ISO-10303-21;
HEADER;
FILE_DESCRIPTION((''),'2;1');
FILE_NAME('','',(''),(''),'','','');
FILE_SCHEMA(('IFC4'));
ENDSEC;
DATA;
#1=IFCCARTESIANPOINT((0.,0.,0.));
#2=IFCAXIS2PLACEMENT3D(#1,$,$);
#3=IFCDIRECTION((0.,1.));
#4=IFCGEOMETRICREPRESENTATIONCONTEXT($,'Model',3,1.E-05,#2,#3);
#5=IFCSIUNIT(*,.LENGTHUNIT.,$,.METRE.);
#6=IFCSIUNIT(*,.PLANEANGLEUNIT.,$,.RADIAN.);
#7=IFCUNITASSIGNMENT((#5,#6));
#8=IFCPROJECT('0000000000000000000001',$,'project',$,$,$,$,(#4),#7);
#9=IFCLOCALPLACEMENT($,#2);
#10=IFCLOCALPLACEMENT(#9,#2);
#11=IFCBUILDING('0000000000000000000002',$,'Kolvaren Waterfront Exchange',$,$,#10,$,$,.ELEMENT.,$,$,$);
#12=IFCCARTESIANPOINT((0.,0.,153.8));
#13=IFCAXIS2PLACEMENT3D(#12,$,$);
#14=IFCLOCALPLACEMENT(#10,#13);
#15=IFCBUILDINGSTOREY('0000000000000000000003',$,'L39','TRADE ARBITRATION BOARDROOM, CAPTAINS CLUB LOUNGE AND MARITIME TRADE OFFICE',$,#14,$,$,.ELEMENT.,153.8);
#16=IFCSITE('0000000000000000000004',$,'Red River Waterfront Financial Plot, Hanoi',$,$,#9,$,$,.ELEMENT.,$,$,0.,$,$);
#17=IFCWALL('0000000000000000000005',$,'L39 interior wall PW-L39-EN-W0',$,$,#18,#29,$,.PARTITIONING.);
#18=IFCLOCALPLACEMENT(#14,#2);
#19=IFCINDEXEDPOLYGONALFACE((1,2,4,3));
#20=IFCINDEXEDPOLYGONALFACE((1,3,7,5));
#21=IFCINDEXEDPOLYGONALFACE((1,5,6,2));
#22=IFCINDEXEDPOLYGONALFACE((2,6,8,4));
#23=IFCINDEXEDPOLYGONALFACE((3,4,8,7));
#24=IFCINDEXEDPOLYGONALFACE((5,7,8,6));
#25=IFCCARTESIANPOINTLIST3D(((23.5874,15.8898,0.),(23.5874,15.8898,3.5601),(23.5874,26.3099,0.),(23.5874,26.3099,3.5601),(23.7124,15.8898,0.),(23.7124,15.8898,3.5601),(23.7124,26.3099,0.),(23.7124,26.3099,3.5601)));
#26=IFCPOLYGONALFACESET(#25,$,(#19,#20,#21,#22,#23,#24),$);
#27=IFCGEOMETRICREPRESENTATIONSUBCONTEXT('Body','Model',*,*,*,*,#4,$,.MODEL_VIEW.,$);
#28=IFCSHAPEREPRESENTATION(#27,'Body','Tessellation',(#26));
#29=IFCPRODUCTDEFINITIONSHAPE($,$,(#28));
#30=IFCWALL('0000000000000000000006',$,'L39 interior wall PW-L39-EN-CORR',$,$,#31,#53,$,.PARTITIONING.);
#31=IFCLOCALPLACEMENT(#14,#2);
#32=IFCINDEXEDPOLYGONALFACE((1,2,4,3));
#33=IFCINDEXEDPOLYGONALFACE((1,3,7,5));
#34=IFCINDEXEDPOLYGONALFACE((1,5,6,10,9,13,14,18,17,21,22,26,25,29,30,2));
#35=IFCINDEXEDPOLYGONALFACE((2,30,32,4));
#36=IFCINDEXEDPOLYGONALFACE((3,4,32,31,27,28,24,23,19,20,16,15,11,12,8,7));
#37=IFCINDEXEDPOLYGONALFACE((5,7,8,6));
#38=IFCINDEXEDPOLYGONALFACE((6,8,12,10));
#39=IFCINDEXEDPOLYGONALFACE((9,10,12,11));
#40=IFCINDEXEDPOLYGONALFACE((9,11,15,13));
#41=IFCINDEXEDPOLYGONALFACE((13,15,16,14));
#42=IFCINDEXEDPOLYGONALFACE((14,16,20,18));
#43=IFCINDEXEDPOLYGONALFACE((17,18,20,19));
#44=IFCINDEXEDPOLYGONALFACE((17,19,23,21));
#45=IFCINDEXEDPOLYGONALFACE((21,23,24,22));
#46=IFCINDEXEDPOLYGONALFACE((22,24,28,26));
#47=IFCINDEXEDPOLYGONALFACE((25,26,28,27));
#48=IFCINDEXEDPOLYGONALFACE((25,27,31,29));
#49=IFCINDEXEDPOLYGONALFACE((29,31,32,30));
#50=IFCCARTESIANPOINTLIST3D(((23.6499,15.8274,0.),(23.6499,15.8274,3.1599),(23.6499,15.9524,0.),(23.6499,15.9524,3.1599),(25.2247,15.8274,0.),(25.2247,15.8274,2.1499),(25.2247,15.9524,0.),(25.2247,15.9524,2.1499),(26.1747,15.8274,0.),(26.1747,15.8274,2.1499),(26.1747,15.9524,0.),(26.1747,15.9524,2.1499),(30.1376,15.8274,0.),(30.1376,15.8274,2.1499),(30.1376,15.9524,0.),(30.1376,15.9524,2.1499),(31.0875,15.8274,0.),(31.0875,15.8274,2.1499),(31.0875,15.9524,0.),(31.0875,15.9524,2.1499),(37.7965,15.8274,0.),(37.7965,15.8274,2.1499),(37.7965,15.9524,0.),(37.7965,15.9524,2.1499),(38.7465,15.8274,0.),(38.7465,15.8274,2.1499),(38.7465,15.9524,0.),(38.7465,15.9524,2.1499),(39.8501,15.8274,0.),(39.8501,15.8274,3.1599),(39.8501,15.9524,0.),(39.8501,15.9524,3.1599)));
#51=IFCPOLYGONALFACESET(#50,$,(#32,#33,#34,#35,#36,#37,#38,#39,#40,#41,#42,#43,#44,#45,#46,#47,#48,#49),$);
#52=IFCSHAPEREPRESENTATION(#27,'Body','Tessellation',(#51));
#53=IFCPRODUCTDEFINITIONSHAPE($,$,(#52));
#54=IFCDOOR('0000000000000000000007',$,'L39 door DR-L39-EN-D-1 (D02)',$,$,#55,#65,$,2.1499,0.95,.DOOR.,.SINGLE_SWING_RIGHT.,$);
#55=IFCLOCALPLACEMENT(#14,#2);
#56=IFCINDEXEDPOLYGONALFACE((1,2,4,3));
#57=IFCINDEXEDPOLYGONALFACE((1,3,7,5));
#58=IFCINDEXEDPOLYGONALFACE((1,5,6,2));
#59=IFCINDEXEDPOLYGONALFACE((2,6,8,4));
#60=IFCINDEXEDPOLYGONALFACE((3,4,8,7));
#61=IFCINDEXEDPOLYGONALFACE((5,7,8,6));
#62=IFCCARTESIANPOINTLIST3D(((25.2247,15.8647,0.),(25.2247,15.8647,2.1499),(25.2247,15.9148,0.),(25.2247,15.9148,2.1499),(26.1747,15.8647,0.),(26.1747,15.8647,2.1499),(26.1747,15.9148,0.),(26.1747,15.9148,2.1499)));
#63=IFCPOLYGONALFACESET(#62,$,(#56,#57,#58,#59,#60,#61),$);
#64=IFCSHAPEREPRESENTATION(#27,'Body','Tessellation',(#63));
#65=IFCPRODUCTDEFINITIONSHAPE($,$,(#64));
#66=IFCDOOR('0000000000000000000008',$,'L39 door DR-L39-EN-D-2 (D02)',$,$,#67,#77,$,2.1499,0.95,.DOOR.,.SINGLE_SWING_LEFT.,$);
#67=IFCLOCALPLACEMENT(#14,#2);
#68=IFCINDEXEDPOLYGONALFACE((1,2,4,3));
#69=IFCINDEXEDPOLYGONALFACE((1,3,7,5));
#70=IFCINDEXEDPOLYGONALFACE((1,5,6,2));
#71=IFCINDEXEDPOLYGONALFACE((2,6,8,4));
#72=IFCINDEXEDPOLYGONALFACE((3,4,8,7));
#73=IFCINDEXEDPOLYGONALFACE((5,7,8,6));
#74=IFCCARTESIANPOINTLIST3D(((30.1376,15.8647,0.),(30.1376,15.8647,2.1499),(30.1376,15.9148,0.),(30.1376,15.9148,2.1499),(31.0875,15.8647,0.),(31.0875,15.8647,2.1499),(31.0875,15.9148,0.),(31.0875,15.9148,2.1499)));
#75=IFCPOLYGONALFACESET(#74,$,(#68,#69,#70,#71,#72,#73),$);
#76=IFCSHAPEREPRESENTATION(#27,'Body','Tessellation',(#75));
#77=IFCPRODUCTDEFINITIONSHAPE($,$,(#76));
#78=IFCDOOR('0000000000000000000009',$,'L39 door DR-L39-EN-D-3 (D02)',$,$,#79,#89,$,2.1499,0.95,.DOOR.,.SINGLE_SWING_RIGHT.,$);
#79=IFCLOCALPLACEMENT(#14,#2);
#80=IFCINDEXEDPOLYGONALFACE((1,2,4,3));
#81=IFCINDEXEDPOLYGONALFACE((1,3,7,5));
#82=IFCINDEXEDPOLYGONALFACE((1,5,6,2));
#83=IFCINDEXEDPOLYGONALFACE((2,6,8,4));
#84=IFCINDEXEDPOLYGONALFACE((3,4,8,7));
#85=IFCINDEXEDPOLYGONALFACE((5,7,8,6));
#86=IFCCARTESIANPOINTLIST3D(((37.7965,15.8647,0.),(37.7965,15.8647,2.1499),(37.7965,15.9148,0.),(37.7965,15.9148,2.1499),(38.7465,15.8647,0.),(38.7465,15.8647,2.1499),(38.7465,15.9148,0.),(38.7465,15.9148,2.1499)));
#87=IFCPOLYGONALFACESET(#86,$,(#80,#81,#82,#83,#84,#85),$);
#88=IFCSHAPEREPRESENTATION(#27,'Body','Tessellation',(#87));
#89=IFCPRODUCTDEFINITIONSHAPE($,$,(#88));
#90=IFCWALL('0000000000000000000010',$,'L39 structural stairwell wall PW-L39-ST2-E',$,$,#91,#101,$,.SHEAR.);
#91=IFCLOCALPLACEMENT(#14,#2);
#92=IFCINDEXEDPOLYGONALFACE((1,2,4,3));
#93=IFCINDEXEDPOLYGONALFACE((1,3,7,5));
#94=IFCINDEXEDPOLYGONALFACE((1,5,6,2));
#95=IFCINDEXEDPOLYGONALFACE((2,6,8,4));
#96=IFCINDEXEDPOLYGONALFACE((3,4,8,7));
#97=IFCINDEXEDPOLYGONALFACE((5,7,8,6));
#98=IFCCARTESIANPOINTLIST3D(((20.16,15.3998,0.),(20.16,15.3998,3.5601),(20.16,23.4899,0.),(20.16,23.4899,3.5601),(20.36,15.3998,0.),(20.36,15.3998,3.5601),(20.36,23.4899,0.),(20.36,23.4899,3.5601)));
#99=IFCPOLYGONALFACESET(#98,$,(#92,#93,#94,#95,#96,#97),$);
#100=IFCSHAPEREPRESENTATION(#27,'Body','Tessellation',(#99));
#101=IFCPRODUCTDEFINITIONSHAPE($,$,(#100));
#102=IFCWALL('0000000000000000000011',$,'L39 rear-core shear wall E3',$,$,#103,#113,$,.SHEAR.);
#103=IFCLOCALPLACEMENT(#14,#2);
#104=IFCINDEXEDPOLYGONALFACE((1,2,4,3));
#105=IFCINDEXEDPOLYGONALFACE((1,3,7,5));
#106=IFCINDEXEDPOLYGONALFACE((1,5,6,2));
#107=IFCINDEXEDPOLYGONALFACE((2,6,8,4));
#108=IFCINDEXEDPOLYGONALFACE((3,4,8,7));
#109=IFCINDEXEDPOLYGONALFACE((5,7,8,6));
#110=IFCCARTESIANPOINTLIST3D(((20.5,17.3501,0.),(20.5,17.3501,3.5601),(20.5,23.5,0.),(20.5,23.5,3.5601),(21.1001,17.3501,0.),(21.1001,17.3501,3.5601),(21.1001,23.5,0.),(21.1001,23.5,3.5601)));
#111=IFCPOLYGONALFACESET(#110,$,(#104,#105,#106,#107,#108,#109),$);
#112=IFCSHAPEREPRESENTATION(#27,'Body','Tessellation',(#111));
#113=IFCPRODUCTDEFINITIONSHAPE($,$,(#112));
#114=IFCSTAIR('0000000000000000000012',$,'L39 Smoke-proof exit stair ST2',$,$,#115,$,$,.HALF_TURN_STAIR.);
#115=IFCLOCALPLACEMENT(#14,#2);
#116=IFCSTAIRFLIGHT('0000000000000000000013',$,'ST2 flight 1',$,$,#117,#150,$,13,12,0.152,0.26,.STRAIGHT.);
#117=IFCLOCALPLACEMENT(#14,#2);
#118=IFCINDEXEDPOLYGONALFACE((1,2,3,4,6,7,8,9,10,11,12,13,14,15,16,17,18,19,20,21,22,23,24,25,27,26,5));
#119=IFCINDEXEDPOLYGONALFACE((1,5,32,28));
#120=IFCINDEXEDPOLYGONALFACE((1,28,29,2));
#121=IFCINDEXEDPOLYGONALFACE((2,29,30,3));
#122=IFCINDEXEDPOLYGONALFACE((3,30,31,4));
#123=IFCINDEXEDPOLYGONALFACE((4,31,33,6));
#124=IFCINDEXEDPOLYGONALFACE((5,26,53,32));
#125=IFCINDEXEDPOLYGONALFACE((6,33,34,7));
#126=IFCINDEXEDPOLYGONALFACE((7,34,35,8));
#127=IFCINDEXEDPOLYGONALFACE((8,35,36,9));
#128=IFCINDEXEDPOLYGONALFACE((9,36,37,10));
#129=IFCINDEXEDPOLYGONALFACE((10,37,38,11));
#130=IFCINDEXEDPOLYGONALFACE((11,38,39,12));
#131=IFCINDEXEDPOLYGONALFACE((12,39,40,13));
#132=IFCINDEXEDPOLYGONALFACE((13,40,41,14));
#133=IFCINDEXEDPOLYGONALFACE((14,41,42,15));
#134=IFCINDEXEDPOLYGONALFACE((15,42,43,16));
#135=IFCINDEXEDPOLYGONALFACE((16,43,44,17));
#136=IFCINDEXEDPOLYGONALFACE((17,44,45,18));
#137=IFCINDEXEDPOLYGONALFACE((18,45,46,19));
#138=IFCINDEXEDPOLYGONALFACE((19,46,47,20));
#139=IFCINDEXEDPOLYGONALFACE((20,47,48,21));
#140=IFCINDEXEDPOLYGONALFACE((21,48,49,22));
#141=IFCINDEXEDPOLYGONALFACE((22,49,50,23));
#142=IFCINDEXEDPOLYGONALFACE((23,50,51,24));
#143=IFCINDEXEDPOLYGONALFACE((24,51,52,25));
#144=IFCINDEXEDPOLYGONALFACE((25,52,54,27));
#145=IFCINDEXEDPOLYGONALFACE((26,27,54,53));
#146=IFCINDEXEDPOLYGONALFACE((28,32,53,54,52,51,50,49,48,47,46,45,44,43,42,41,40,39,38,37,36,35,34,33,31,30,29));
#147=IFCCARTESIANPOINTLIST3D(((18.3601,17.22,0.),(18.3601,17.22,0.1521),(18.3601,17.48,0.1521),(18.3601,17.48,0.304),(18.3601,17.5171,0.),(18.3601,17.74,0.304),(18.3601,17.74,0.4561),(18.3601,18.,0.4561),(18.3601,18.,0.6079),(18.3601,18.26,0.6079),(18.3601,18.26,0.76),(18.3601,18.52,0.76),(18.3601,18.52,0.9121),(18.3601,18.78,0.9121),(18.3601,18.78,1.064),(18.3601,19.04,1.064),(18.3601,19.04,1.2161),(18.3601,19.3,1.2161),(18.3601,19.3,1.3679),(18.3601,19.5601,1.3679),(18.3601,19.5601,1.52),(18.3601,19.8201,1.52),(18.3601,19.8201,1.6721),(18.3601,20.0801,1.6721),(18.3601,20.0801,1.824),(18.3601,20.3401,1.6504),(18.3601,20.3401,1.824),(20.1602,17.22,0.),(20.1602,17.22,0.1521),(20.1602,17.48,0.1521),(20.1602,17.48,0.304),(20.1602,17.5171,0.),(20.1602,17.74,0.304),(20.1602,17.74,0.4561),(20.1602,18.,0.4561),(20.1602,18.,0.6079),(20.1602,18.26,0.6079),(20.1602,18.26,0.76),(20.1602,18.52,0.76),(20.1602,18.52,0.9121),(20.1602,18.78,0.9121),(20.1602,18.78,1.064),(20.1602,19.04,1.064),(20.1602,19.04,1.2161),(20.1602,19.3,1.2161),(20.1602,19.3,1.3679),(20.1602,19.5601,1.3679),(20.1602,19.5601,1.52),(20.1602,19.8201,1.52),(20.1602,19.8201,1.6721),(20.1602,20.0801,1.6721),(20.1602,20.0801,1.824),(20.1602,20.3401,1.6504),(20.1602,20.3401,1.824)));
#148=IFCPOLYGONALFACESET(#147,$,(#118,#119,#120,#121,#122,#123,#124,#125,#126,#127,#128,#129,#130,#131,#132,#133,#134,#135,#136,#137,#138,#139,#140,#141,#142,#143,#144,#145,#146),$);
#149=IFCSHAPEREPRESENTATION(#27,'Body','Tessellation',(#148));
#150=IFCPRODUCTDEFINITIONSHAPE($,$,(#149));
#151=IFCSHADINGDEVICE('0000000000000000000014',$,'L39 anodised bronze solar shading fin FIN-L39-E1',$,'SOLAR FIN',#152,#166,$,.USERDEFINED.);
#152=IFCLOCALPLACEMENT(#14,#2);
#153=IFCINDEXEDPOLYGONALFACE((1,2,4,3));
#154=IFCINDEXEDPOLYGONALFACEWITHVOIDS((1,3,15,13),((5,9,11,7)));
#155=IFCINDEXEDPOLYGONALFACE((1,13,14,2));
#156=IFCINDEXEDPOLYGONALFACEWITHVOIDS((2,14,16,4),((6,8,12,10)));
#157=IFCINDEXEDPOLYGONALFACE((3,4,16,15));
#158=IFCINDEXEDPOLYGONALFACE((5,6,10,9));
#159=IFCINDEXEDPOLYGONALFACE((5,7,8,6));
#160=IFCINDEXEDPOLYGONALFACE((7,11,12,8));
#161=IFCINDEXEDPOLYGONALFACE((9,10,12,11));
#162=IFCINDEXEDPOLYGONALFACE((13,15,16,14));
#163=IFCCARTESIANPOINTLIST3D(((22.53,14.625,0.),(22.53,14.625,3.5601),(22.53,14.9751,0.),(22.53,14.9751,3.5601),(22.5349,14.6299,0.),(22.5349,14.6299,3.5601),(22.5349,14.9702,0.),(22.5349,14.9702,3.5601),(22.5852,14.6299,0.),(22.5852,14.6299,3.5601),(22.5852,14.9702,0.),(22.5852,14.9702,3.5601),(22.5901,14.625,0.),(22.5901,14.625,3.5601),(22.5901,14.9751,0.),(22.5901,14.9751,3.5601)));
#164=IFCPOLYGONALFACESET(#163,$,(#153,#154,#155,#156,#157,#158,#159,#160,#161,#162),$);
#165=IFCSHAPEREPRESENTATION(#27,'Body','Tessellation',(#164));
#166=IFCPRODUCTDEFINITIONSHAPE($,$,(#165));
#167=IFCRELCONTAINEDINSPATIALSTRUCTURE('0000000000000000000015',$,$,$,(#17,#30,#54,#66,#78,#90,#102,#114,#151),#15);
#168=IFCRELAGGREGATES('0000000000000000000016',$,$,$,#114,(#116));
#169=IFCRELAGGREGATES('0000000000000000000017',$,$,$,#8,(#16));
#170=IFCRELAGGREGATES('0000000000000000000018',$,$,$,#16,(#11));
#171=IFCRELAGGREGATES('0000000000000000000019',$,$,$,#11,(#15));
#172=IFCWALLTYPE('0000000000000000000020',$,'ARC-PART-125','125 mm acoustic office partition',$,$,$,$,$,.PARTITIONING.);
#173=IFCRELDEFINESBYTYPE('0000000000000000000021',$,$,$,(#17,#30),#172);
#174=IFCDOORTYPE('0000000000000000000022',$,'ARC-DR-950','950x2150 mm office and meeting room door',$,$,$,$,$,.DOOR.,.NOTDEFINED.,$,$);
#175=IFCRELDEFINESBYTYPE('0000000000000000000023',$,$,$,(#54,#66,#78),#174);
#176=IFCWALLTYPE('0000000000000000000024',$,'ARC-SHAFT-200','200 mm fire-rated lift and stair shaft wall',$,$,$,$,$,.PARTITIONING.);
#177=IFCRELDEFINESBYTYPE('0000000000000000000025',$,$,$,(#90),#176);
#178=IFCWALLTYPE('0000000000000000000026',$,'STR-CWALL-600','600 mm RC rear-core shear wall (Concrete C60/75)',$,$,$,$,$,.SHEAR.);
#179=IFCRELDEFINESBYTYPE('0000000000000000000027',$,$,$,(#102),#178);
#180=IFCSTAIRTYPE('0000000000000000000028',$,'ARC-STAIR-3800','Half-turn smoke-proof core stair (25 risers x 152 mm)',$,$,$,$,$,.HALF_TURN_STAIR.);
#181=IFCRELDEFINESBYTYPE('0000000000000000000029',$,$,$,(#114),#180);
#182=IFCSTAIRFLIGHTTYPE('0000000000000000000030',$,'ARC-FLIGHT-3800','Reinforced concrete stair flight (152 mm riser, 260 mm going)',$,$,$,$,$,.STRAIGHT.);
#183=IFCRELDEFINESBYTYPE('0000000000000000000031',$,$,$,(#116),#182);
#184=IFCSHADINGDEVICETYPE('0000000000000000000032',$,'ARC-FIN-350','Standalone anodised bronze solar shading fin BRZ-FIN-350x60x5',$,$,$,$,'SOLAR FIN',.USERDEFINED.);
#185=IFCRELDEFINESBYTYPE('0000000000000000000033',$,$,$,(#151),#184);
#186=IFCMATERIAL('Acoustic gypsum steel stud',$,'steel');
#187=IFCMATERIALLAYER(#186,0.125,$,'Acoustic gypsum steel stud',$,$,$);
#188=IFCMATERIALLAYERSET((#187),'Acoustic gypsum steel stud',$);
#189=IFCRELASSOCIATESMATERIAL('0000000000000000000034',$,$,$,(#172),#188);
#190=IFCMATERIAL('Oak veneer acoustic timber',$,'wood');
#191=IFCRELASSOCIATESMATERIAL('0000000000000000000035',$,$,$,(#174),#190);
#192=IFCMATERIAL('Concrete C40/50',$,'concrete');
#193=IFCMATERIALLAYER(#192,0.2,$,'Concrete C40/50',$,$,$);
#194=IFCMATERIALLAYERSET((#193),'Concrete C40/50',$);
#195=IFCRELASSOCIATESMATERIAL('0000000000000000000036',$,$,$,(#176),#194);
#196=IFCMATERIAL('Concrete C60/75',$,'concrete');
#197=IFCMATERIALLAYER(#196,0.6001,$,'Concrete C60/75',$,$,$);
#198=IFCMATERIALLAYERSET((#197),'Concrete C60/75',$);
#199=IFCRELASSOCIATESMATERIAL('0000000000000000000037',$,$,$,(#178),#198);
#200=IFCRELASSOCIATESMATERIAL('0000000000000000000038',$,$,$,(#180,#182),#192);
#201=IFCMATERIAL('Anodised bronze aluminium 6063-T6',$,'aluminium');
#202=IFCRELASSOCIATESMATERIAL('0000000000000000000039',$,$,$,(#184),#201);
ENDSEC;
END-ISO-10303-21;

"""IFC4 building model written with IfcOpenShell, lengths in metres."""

from ifc_helpers import new_model, si_unit, direction, frame, frame_2d, origin, origin_2d, place, context, subcontext, project, spatial, polyline, rectangle, hollow_rectangle, outline, extrude, material, layer, layer_set, material_profile, profile_set, type_object, element, fill, aggregate, save


model = new_model("IFC4")

# Units and contexts
model_context = context("Model", 3, precision=1e-05, world=origin(), true_north=direction((0.0, 1.0)))
body_context = subcontext(model_context, "Body", "Model", "MODEL_VIEW")
ifc_project = project(units=[si_unit("LENGTHUNIT", "METRE"), si_unit("PLANEANGLEUNIT", "RADIAN")], contexts=[model_context])

# Site, building, storey
site_placement = place(None, origin())
site = spatial("IfcSite", under=ifc_project, at=site_placement, Name="Red River Waterfront Financial Plot, Hanoi", CompositionType="ELEMENT", RefElevation=0.0)
building_placement = place(site_placement, origin())
building = spatial("IfcBuilding", under=site, at=building_placement, Name="Kolvaren Waterfront Exchange", CompositionType="ELEMENT")
storey_placement = place(building_placement, frame((0.0, 0.0, 153.8)))
storey = spatial("IfcBuildingStorey", under=building, at=storey_placement, Name="L39", Description="TRADE ARBITRATION BOARDROOM, CAPTAINS CLUB LOUNGE AND MARITIME TRADE OFFICE", CompositionType="ELEMENT", Elevation=153.8)

# Shared definitions
ifc_material_1 = material(Name="Concrete C60/75", Category="concrete")

# Shared definitions
ifc_material_2 = material(Name="Acoustic gypsum steel stud", Category="steel")
ifc_layer_1 = layer(ifc_material_2, 0.125, Name="Acoustic gypsum steel stud")
ifc_layer_set_1 = layer_set([ifc_layer_1], Name="Acoustic gypsum steel stud")
wall_type_1 = type_object("IfcWallType", Name="ARC-PART-125", Description="125 mm acoustic office partition", PredefinedType="PARTITIONING", material=ifc_layer_set_1)
ifc_material_3 = material(Name="Oak veneer acoustic timber", Category="wood")
door_type_1 = type_object("IfcDoorType", Name="ARC-DR-950", Description="950x2150 mm office and meeting room door", OperationType="NOTDEFINED", PredefinedType="DOOR", material=ifc_material_3)

# Wall
wall_1_placement = place(storey_placement, frame((23.6499, 15.8899, 0.0), z_axis=(0.0, 0.0, 1.0), x_axis=(0.0, 1.0, 0.0)))
element("IfcWall", 1, at=wall_1_placement, inside=storey, type_object=wall_type_1, Name="L39 interior wall PW-L39-EN-W0", PredefinedType="PARTITIONING", context=body_context, shape_type="SweptSolid", body=[
    extrude(rectangle(XDim=10.4202, YDim=0.125, at=frame_2d((5.21, 0.0))), origin(), (0.0, 0.0, 1.0), 3.5601),
])

# Wall, openings, doors
wall_2_placement = place(storey_placement, frame((23.6499, 15.8899, 0.0), z_axis=(0.0, 0.0, 1.0), x_axis=(1.0, 0.0, 0.0)))
wall_2 = element("IfcWall", 2, at=wall_2_placement, inside=storey, type_object=wall_type_1, Name="L39 interior wall PW-L39-EN-CORR", PredefinedType="PARTITIONING", context=body_context, shape_type="SweptSolid", body=[
    extrude(rectangle(XDim=16.2002, YDim=0.125, at=frame_2d((8.1001, 0.0))), origin(), (0.0, 0.0, 1.0), 3.1599),
])
opening_1_placement = place(wall_2_placement, frame((1.5747, 0.0, 0.0)))
opening_1 = element("IfcOpeningElement", 3, at=opening_1_placement, cuts=wall_2, PredefinedType="OPENING", context=body_context, shape_type="SweptSolid", body=[
    extrude(rectangle(XDim=0.95, YDim=2.1499, at=frame_2d((0.4751, 1.075))), frame((0.0, 0.0725, 0.0), z_axis=(0.0, -1.0, 0.0), x_axis=(1.0, 0.0, 0.0)), (0.0, 0.0, 1.0), 0.145),
])
opening_2_placement = place(wall_2_placement, frame((6.4875, 0.0, 0.0)))
opening_2 = element("IfcOpeningElement", 4, at=opening_2_placement, cuts=wall_2, PredefinedType="OPENING", context=body_context, shape_type="SweptSolid", body=[
    extrude(rectangle(XDim=0.95, YDim=2.1499, at=frame_2d((0.4751, 1.075))), frame((0.0, 0.0725, 0.0), z_axis=(0.0, -1.0, 0.0), x_axis=(1.0, 0.0, 0.0)), (0.0, 0.0, 1.0), 0.145),
])
opening_3_placement = place(wall_2_placement, frame((14.1465, 0.0, 0.0)))
opening_3 = element("IfcOpeningElement", 5, at=opening_3_placement, cuts=wall_2, PredefinedType="OPENING", context=body_context, shape_type="SweptSolid", body=[
    extrude(rectangle(XDim=0.95, YDim=2.1499, at=frame_2d((0.4751, 1.075))), frame((0.0, 0.0725, 0.0), z_axis=(0.0, -1.0, 0.0), x_axis=(1.0, 0.0, 0.0)), (0.0, 0.0, 1.0), 0.145),
])
door_1_placement = place(opening_1_placement, origin())
door_1 = element("IfcDoor", 6, at=door_1_placement, inside=storey, type_object=door_type_1, Name="L39 door DR-L39-EN-D-1 (D02)", OperationType="SINGLE_SWING_RIGHT", OverallHeight=2.1499, OverallWidth=0.95, PredefinedType="DOOR", context=body_context, shape_type="SweptSolid", body=[
    extrude(rectangle(XDim=0.95, YDim=2.1499, at=frame_2d((0.4751, 1.075))), frame((0.0, 0.0249, 0.0), z_axis=(0.0, -1.0, 0.0), x_axis=(1.0, 0.0, 0.0)), (0.0, 0.0, 1.0), 0.05),
])
fill(opening_1, door_1)
door_2_placement = place(opening_2_placement, origin())
door_2 = element("IfcDoor", 7, at=door_2_placement, inside=storey, type_object=door_type_1, Name="L39 door DR-L39-EN-D-2 (D02)", OperationType="SINGLE_SWING_LEFT", OverallHeight=2.1499, OverallWidth=0.95, PredefinedType="DOOR", context=body_context, shape_type="SweptSolid", body=[
    extrude(rectangle(XDim=0.95, YDim=2.1499, at=frame_2d((0.4751, 1.075))), frame((0.0, 0.0249, 0.0), z_axis=(0.0, -1.0, 0.0), x_axis=(1.0, 0.0, 0.0)), (0.0, 0.0, 1.0), 0.05),
])
fill(opening_2, door_2)
door_3_placement = place(opening_3_placement, origin())
door_3 = element("IfcDoor", 8, at=door_3_placement, inside=storey, type_object=door_type_1, Name="L39 door DR-L39-EN-D-3 (D02)", OperationType="SINGLE_SWING_RIGHT", OverallHeight=2.1499, OverallWidth=0.95, PredefinedType="DOOR", context=body_context, shape_type="SweptSolid", body=[
    extrude(rectangle(XDim=0.95, YDim=2.1499, at=frame_2d((0.4751, 1.075))), frame((0.0, 0.0249, 0.0), z_axis=(0.0, -1.0, 0.0), x_axis=(1.0, 0.0, 0.0)), (0.0, 0.0, 1.0), 0.05),
])
fill(opening_3, door_3)

# Walls
ifc_material_4 = material(Name="Concrete C40/50", Category="concrete")
ifc_layer_2 = layer(ifc_material_4, 0.2, Name="Concrete C40/50")
ifc_layer_set_2 = layer_set([ifc_layer_2], Name="Concrete C40/50")
wall_type_2 = type_object("IfcWallType", Name="ARC-SHAFT-200", Description="200 mm fire-rated lift and stair shaft wall", PredefinedType="PARTITIONING", material=ifc_layer_set_2)
wall_3_placement = place(storey_placement, frame((20.26, 15.3999, 0.0), z_axis=(0.0, 0.0, 1.0), x_axis=(0.0, 1.0, 0.0)))
element("IfcWall", 9, at=wall_3_placement, inside=storey, type_object=wall_type_2, Name="L39 structural stairwell wall PW-L39-ST2-E", PredefinedType="SHEAR", context=body_context, shape_type="SweptSolid", body=[
    extrude(rectangle(XDim=8.0901, YDim=0.2, at=frame_2d((4.0449, 0.0))), origin(), (0.0, 0.0, 1.0), 3.5601),
])
ifc_layer_3 = layer(ifc_material_1, 0.6001, Name="Concrete C60/75")
ifc_layer_set_3 = layer_set([ifc_layer_3], Name="Concrete C60/75")
wall_type_3 = type_object("IfcWallType", Name="STR-CWALL-600", Description="600 mm RC rear-core shear wall (Concrete C60/75)", PredefinedType="SHEAR", material=ifc_layer_set_3)
wall_4_placement = place(storey_placement, frame((20.8, 17.3501, 0.0), z_axis=(0.0, 0.0, 1.0), x_axis=(0.0, 1.0, 0.0)))
element("IfcWall", 10, at=wall_4_placement, inside=storey, type_object=wall_type_3, Name="L39 rear-core shear wall E3", PredefinedType="SHEAR", context=body_context, shape_type="SweptSolid", body=[
    extrude(rectangle(XDim=6.1499, YDim=0.6001, at=frame_2d((3.075, 0.0))), origin(), (0.0, 0.0, 1.0), 3.5601),
])

# Stair, stair flight
stair_type = type_object("IfcStairType", Name="ARC-STAIR-3800", Description="Half-turn smoke-proof core stair (25 risers x 152 mm)", PredefinedType="HALF_TURN_STAIR", material=ifc_material_4)
stair_placement = place(storey_placement, origin())
stair = element("IfcStair", 11, at=stair_placement, inside=storey, type_object=stair_type, Name="L39 Smoke-proof exit stair ST2", PredefinedType="HALF_TURN_STAIR")
stair_flight_type = type_object("IfcStairFlightType", Name="ARC-FLIGHT-3800", Description="Reinforced concrete stair flight (152 mm riser, 260 mm going)", PredefinedType="STRAIGHT", material=ifc_material_4)
stair_flight_placement = place(storey_placement, frame((19.26, 17.22, 0.0), z_axis=(0.0, 0.0, 1.0), x_axis=(0.0, 1.0, 0.0)))
stair_flight = element("IfcStairFlight", 12, at=stair_flight_placement, type_object=stair_flight_type, Name="ST2 flight 1", NumberOfRisers=13, NumberOfTreads=12, PredefinedType="STRAIGHT", RiserHeight=0.152, TreadLength=0.26, context=body_context, shape_type="SweptSolid", body=[
    extrude(outline(polyline([(0.0, 0.0), (0.0, 0.1521), (0.26, 0.1521), (0.26, 0.304), (0.52, 0.304), (0.52, 0.4561), (0.78, 0.4561), (0.78, 0.6079), (1.04, 0.6079), (1.04, 0.76), (1.3, 0.76), (1.3, 0.9121), (1.5601, 0.9121), (1.5601, 1.064), (1.8201, 1.064), (1.8201, 1.2161), (2.0801, 1.2161), (2.0801, 1.3679), (2.3401, 1.3679), (2.3401, 1.52), (2.6001, 1.52), (2.6001, 1.6721), (2.8601, 1.6721), (2.8601, 1.824), (3.1201, 1.824), (3.1201, 1.9761), (3.1201, 1.6504), (0.2971, 0.0), (0.0, 0.0)])), frame((0.0, 0.8999, 0.0), z_axis=(0.0, -1.0, 0.0), x_axis=(1.0, 0.0, 0.0)), (0.0, 0.0, 1.0), 1.8),
])
aggregate(stair, [stair_flight])

# Shading device
ifc_material_5 = material(Name="Anodised bronze aluminium 6063-T6", Category="aluminium")
ifc_material_profile_1 = material_profile(ifc_material_5, hollow_rectangle(XDim=0.0601, YDim=0.3501, WallThickness=0.0049, at=origin_2d()), Name="BRZ-FIN-350x60x5")
ifc_profile_set_1 = profile_set([ifc_material_profile_1], Name="Anodised bronze aluminium 6063-T6")
shading_device_type = type_object("IfcShadingDeviceType", Name="ARC-FIN-350", Description="Standalone anodised bronze solar shading fin BRZ-FIN-350x60x5", ElementType="SOLAR FIN", PredefinedType="USERDEFINED", material=ifc_profile_set_1)
for number, where, z_axis, x_axis, name in (
    (13, (22.5601, 14.8, 0.0), (0.0, 0.0, 1.0), (1.0, 0.0, 0.0), "L39 anodised bronze solar shading fin FIN-L39-E1"),
):
    element("IfcShadingDevice", number, at=place(storey_placement, frame(where, z_axis=z_axis, x_axis=x_axis)), inside=storey, type_object=shading_device_type, Name=name, ObjectType="SOLAR FIN", PredefinedType="USERDEFINED", context=body_context, shape_type="SweptSolid", body=[
        extrude(hollow_rectangle(XDim=0.0601, YDim=0.3501, WallThickness=0.0049, at=origin_2d()), origin(), (0.0, 0.0, 1.0), 3.5601),
    ])

save(model, "model.ifc")
